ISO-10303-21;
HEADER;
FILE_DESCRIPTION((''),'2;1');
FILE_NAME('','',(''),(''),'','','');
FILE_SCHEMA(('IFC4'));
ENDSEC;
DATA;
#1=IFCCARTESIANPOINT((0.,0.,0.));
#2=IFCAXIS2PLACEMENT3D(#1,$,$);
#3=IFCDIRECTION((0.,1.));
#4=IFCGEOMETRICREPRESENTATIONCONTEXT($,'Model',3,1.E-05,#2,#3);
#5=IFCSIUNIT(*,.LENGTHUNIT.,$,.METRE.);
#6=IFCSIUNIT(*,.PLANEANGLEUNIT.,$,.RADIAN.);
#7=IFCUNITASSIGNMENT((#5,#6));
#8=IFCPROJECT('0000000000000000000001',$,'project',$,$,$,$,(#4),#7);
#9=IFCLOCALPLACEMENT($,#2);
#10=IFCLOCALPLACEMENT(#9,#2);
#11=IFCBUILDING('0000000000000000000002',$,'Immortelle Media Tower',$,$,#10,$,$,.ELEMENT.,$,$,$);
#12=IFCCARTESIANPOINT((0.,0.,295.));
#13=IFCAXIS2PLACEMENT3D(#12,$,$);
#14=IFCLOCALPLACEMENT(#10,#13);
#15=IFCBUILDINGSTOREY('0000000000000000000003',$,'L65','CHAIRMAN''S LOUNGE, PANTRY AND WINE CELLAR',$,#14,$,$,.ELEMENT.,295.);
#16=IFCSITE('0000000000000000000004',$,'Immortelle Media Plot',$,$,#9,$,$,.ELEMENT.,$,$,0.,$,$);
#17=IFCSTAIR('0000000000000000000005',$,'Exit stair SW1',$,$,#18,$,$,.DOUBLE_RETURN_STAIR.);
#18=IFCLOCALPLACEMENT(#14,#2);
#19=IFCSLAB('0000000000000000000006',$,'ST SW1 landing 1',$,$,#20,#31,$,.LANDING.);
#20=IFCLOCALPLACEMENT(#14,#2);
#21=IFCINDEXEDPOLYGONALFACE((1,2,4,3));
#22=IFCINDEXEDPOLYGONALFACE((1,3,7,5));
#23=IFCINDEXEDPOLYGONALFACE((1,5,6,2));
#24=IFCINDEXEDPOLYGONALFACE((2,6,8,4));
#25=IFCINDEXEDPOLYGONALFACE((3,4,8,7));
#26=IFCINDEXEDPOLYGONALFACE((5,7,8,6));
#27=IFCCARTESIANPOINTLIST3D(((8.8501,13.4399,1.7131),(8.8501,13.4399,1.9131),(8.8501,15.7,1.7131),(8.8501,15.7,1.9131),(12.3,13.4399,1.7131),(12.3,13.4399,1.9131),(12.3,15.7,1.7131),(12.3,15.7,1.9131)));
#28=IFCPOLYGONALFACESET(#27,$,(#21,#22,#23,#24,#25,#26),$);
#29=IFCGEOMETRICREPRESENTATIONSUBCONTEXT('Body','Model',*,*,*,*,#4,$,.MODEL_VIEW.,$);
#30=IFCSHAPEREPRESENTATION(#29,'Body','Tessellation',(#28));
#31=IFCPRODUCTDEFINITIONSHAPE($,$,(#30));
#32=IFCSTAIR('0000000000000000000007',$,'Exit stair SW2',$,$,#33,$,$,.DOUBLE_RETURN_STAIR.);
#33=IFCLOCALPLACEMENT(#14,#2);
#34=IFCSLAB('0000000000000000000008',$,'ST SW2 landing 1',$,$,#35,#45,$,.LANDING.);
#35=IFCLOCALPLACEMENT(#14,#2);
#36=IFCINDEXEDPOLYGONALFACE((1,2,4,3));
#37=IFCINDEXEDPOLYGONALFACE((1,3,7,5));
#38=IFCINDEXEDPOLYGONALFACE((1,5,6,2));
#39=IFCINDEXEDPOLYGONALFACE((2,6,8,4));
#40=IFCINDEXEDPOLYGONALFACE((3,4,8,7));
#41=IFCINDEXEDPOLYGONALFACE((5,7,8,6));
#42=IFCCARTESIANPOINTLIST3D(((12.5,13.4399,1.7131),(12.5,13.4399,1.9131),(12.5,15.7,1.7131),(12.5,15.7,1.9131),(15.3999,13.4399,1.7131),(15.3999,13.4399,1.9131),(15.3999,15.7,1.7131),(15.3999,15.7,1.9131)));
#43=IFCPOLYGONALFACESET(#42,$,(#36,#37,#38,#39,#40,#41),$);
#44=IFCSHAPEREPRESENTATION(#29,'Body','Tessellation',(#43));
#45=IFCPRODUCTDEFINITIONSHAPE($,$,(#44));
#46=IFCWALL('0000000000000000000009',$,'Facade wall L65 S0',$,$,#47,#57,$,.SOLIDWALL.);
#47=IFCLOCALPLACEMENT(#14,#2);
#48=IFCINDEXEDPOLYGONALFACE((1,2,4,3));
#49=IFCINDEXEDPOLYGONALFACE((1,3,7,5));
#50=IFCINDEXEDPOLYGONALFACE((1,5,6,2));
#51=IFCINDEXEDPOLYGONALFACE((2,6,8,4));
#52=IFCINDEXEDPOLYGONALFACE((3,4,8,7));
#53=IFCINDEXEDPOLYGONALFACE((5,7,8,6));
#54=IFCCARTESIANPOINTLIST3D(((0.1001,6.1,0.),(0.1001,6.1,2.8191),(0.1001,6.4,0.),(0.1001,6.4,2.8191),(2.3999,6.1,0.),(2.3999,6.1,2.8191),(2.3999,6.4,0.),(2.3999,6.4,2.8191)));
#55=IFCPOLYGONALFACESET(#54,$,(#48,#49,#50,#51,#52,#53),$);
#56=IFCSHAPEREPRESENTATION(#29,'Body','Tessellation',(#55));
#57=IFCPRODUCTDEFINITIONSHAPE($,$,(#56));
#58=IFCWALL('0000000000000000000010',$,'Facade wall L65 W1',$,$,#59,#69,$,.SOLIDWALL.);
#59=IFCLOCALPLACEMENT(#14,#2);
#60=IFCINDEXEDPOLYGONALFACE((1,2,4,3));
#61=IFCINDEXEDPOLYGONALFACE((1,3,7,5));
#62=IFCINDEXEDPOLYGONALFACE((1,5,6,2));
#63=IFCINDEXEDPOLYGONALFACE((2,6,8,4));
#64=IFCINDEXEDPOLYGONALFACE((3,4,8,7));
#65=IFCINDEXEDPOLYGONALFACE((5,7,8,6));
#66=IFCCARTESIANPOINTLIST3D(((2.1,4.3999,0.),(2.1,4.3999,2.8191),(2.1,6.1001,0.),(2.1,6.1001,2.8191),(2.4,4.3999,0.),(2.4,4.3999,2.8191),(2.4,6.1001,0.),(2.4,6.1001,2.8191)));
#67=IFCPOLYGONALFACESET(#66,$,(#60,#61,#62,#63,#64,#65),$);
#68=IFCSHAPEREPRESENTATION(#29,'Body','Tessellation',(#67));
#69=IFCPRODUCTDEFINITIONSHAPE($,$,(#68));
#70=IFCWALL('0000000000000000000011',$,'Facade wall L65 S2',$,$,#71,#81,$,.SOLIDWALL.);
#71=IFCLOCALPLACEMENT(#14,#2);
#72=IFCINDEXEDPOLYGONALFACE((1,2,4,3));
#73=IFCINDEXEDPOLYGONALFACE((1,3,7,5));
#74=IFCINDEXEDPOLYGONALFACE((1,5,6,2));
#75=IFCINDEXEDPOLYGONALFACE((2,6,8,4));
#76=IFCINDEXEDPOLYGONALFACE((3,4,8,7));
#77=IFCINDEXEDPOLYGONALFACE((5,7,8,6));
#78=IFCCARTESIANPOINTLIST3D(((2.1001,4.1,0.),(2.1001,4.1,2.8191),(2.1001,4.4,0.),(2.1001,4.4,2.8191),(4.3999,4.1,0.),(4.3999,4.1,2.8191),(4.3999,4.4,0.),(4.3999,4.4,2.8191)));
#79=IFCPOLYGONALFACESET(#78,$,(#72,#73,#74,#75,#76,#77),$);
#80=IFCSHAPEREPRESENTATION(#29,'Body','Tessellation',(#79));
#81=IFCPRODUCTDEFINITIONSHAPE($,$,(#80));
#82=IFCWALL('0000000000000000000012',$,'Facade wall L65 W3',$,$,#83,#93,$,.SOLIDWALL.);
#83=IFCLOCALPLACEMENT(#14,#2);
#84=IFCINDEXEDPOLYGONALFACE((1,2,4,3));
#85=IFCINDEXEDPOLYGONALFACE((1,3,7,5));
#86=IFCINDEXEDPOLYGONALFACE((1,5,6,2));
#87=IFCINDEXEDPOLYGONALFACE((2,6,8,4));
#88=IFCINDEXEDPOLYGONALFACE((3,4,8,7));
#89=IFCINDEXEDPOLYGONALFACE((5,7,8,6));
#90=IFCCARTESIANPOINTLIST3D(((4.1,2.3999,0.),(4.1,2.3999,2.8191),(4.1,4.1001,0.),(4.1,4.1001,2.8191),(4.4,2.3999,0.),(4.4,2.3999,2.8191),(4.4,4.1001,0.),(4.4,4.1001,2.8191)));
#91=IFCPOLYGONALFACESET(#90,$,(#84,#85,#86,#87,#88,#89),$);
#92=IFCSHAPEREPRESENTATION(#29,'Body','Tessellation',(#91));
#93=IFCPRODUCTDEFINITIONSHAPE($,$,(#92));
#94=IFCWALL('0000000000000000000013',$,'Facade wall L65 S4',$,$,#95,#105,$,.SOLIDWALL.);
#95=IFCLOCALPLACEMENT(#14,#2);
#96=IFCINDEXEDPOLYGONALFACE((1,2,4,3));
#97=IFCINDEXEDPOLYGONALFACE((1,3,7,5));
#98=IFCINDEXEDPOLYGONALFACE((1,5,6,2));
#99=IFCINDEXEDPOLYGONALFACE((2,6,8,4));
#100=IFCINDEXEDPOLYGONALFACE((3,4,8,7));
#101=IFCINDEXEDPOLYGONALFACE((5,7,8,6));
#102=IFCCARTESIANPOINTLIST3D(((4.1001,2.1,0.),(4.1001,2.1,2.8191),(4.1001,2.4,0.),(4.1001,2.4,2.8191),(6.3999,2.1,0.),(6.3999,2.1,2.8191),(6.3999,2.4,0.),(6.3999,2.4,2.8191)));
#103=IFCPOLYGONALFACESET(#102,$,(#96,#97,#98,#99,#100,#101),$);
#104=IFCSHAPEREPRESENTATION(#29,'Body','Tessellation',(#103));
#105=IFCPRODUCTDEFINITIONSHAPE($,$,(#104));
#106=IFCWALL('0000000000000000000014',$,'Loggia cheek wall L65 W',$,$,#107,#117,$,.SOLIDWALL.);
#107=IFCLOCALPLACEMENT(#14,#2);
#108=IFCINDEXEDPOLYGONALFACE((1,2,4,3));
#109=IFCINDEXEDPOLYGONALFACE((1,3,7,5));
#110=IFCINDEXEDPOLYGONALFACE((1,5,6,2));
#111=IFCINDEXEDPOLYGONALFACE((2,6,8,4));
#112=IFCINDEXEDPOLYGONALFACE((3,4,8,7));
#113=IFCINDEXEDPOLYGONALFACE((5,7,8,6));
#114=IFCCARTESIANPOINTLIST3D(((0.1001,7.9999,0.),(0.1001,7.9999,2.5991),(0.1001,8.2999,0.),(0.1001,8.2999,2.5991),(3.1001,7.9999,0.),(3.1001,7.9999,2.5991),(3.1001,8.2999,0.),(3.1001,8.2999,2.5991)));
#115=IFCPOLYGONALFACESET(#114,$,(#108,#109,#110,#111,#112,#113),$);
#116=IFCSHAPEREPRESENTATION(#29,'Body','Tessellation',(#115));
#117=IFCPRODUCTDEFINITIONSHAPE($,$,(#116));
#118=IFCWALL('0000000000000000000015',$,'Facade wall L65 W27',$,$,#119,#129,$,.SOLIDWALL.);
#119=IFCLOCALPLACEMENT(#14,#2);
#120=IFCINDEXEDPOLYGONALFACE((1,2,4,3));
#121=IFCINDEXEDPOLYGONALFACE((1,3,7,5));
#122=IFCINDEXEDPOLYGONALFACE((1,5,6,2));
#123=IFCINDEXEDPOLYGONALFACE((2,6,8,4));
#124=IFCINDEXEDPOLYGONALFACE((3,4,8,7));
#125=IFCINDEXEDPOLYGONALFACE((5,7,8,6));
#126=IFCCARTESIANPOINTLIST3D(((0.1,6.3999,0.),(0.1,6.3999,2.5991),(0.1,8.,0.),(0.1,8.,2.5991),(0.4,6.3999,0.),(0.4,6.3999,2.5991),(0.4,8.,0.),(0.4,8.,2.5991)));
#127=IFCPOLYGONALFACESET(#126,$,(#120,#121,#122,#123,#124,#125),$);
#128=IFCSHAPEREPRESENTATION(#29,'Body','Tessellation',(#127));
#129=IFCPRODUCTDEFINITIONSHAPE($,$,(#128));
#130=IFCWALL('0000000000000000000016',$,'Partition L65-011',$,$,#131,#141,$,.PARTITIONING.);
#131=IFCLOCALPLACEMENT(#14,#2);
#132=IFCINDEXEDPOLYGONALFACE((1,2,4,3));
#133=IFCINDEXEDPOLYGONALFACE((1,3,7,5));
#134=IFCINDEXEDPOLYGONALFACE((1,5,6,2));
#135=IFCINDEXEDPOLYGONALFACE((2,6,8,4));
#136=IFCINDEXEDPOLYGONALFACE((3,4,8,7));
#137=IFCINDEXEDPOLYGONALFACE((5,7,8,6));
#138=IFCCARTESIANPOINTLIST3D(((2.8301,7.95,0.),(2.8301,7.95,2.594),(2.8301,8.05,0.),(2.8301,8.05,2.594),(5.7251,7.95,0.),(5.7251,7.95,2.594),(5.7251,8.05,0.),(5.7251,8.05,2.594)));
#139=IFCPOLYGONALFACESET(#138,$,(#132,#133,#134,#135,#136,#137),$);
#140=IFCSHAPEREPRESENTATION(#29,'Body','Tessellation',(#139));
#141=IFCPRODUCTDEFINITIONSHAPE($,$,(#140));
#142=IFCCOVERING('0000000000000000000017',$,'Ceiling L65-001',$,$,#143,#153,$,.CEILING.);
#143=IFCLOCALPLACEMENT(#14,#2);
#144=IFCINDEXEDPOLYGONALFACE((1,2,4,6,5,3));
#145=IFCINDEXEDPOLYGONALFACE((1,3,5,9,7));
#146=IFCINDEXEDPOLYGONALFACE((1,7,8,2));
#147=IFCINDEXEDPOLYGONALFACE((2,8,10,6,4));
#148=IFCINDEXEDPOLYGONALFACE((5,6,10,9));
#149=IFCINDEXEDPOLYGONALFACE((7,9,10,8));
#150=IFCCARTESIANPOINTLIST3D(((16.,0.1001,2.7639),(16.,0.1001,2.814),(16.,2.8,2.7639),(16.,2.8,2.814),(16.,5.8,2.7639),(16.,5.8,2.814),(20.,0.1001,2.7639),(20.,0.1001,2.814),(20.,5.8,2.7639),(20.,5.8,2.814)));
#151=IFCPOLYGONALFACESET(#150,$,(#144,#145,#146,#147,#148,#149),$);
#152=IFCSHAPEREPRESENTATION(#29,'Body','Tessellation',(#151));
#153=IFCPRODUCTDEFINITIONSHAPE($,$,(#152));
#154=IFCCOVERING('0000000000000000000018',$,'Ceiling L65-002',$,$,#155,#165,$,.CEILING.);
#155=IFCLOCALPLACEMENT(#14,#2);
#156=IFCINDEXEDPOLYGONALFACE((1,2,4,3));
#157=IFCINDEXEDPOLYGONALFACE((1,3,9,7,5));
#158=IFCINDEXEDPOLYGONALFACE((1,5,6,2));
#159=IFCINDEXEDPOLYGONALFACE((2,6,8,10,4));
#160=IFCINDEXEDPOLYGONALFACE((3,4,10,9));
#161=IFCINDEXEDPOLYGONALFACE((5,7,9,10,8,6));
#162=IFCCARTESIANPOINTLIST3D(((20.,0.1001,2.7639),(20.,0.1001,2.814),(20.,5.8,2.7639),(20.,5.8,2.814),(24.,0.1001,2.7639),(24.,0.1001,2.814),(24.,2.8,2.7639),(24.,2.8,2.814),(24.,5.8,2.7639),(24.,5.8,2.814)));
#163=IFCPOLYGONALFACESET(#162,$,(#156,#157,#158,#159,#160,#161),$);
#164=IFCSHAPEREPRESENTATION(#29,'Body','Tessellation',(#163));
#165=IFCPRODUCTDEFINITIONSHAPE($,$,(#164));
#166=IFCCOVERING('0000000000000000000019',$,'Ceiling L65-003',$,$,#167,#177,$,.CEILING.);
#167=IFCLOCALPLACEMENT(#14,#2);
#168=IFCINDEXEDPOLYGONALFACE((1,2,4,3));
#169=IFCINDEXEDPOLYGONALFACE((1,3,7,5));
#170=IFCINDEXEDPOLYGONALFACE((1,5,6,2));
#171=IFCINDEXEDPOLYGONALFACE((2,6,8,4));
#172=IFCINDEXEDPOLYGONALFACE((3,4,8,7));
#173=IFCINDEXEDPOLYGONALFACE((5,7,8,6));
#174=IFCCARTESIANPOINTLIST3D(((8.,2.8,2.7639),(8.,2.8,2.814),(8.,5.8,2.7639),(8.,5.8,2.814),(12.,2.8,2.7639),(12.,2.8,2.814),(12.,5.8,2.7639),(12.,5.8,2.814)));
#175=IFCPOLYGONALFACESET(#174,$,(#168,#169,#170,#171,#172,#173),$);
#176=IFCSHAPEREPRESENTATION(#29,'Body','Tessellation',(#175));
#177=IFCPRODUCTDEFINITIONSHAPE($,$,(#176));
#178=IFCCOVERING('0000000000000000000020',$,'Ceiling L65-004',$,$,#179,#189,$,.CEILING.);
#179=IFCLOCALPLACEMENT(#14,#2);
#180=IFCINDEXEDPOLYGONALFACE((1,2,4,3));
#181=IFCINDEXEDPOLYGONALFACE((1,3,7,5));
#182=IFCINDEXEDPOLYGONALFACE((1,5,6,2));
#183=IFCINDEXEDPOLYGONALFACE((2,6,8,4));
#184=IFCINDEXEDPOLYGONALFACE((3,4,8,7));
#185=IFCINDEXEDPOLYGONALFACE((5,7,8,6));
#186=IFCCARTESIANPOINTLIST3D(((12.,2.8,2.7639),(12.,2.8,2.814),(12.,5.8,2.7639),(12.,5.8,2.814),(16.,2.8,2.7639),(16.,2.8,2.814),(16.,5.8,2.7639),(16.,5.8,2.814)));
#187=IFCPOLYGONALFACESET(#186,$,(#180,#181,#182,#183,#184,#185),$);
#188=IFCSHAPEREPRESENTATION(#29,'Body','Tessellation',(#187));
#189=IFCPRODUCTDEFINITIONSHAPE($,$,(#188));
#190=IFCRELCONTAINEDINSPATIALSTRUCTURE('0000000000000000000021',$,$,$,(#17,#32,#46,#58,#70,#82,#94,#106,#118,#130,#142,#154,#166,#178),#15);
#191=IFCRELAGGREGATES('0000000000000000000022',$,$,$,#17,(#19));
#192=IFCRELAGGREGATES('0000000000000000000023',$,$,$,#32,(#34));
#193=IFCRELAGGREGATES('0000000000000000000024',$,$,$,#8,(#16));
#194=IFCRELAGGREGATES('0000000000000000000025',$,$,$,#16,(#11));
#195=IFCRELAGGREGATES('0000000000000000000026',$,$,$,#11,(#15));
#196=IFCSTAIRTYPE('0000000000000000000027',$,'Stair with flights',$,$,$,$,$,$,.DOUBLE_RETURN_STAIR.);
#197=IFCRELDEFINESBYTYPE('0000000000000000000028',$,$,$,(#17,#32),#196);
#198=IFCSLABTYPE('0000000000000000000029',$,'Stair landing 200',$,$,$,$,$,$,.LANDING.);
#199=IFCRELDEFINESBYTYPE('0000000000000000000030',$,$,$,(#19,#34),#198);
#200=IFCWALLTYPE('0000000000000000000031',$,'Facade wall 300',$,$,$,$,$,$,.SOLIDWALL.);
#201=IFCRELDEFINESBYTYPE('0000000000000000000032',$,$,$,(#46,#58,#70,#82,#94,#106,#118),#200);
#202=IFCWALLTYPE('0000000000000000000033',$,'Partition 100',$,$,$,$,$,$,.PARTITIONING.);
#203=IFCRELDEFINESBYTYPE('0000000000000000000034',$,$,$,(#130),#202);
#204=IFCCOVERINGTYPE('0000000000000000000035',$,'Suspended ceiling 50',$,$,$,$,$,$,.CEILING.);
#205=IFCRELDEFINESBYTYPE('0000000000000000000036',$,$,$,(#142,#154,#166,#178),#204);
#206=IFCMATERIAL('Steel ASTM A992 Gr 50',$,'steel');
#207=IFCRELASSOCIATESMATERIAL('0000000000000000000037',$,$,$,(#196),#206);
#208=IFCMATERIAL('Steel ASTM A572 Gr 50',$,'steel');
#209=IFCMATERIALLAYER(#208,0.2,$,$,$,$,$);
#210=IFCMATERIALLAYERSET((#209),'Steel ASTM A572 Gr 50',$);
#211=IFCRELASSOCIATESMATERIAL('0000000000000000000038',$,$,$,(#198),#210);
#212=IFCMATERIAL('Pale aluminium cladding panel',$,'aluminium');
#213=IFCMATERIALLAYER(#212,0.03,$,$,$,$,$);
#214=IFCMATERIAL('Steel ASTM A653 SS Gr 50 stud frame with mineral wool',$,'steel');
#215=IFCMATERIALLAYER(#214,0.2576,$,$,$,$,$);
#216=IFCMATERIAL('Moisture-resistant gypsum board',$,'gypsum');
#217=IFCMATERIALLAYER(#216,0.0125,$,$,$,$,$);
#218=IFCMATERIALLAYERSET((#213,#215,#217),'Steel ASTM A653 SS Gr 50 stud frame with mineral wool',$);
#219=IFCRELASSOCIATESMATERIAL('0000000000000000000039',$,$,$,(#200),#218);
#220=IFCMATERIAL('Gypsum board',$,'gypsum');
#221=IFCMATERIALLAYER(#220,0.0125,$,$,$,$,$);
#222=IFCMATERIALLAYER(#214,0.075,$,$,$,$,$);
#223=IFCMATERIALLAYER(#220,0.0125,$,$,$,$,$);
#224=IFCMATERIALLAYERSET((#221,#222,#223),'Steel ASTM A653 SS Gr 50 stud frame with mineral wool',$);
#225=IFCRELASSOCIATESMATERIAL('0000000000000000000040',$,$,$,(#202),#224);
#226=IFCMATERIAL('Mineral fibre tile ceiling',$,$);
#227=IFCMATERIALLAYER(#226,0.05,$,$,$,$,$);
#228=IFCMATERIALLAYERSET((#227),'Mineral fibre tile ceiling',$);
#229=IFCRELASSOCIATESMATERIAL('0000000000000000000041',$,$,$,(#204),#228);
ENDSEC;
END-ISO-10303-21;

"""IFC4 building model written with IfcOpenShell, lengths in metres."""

from ifc_helpers import new_model, si_unit, direction, frame, frame_2d, origin, place, context, subcontext, project, spatial, polyline, rectangle, outline, extrude, material, layer, layer_set, type_object, element, aggregate, save


model = new_model("IFC4")

# Units and contexts
model_context = context("Model", 3, precision=1e-05, world=origin(), true_north=direction((0.0, 1.0)))
body_context = subcontext(model_context, "Body", "Model", "MODEL_VIEW")
ifc_project = project(units=[si_unit("LENGTHUNIT", "METRE"), si_unit("PLANEANGLEUNIT", "RADIAN")], contexts=[model_context])

# Site, building, storey
site_placement = place(None, origin())
site = spatial("IfcSite", under=ifc_project, at=site_placement, Name="Immortelle Media Plot", CompositionType="ELEMENT", RefElevation=0.0)
building_placement = place(site_placement, origin())
building = spatial("IfcBuilding", under=site, at=building_placement, Name="Immortelle Media Tower", CompositionType="ELEMENT")
storey_placement = place(building_placement, frame((0.0, 0.0, 295.0)))
storey = spatial("IfcBuildingStorey", under=building, at=storey_placement, Name="L65", Description="CHAIRMAN'S LOUNGE, PANTRY AND WINE CELLAR", CompositionType="ELEMENT", Elevation=295.0)

# Shared definitions
ifc_material_1 = material(Name="Steel ASTM A992 Gr 50", Category="steel")

# Stairs, slabs
stair_type = type_object("IfcStairType", Name="Stair with flights", PredefinedType="DOUBLE_RETURN_STAIR", material=ifc_material_1)
stair_1_placement = place(storey_placement, origin())
stair_1 = element("IfcStair", 1, at=stair_1_placement, inside=storey, type_object=stair_type, Name="Exit stair SW1", PredefinedType="DOUBLE_RETURN_STAIR")
ifc_material_2 = material(Name="Steel ASTM A572 Gr 50", Category="steel")
ifc_layer_1 = layer(ifc_material_2, 0.2)
ifc_layer_set_1 = layer_set([ifc_layer_1], Name="Steel ASTM A572 Gr 50")
slab_type_1 = type_object("IfcSlabType", Name="Stair landing 200", PredefinedType="LANDING", material=ifc_layer_set_1)
slab_1_placement = place(storey_placement, frame((0.0, 0.0, 1.7131)))
slab_1 = element("IfcSlab", 2, at=slab_1_placement, type_object=slab_type_1, Name="ST SW1 landing 1", PredefinedType="LANDING", context=body_context, shape_type="SweptSolid", body=[
    extrude(outline(polyline([(8.8501, 13.4399), (12.3, 13.4399), (12.3, 15.7), (8.8501, 15.7), (8.8501, 13.4399)])), origin(), (0.0, 0.0, 1.0), 0.2),
])
aggregate(stair_1, [slab_1])
stair_2_placement = place(storey_placement, origin())
stair_2 = element("IfcStair", 3, at=stair_2_placement, inside=storey, type_object=stair_type, Name="Exit stair SW2", PredefinedType="DOUBLE_RETURN_STAIR")
slab_2_placement = place(storey_placement, frame((0.0, 0.0, 1.7131)))
slab_2 = element("IfcSlab", 4, at=slab_2_placement, type_object=slab_type_1, Name="ST SW2 landing 1", PredefinedType="LANDING", context=body_context, shape_type="SweptSolid", body=[
    extrude(outline(polyline([(12.5, 13.4399), (15.3999, 13.4399), (15.3999, 15.7), (12.5, 15.7), (12.5, 13.4399)])), origin(), (0.0, 0.0, 1.0), 0.2),
])
aggregate(stair_2, [slab_2])

# Walls
ifc_material_3 = material(Name="Pale aluminium cladding panel", Category="aluminium")
ifc_layer_2 = layer(ifc_material_3, 0.03)
ifc_material_4 = material(Name="Steel ASTM A653 SS Gr 50 stud frame with mineral wool", Category="steel")
ifc_layer_3 = layer(ifc_material_4, 0.2576)
ifc_material_5 = material(Name="Moisture-resistant gypsum board", Category="gypsum")
ifc_layer_4 = layer(ifc_material_5, 0.0125)
ifc_layer_set_2 = layer_set([ifc_layer_2, ifc_layer_3, ifc_layer_4], Name="Steel ASTM A653 SS Gr 50 stud frame with mineral wool")
wall_type_1 = type_object("IfcWallType", Name="Facade wall 300", PredefinedType="SOLIDWALL", material=ifc_layer_set_2)
wall_1_placement = place(storey_placement, frame((0.1001, 6.25, 0.0), z_axis=(0.0, 0.0, 1.0), x_axis=(1.0, 0.0, 0.0)))
element("IfcWall", 5, at=wall_1_placement, inside=storey, type_object=wall_type_1, Name="Facade wall L65 S0", PredefinedType="SOLIDWALL", context=body_context, shape_type="SweptSolid", body=[
    extrude(rectangle(XDim=2.2998, YDim=0.3, at=frame_2d((1.1499, 0.0))), origin(), (0.0, 0.0, 1.0), 2.8191),
])
wall_2_placement = place(storey_placement, frame((2.25, 6.1001, 0.0), z_axis=(0.0, 0.0, 1.0), x_axis=(0.0, -1.0, 0.0)))
element("IfcWall", 6, at=wall_2_placement, inside=storey, type_object=wall_type_1, Name="Facade wall L65 W1", PredefinedType="SOLIDWALL", context=body_context, shape_type="SweptSolid", body=[
    extrude(rectangle(XDim=1.7002, YDim=0.3, at=frame_2d((0.8501, 0.0))), origin(), (0.0, 0.0, 1.0), 2.8191),
])
wall_3_placement = place(storey_placement, frame((2.1001, 4.25, 0.0), z_axis=(0.0, 0.0, 1.0), x_axis=(1.0, 0.0, 0.0)))
element("IfcWall", 7, at=wall_3_placement, inside=storey, type_object=wall_type_1, Name="Facade wall L65 S2", PredefinedType="SOLIDWALL", context=body_context, shape_type="SweptSolid", body=[
    extrude(rectangle(XDim=2.2998, YDim=0.3, at=frame_2d((1.1499, 0.0))), origin(), (0.0, 0.0, 1.0), 2.8191),
])
wall_4_placement = place(storey_placement, frame((4.25, 4.1001, 0.0), z_axis=(0.0, 0.0, 1.0), x_axis=(0.0, -1.0, 0.0)))
element("IfcWall", 8, at=wall_4_placement, inside=storey, type_object=wall_type_1, Name="Facade wall L65 W3", PredefinedType="SOLIDWALL", context=body_context, shape_type="SweptSolid", body=[
    extrude(rectangle(XDim=1.7002, YDim=0.3, at=frame_2d((0.8501, 0.0))), origin(), (0.0, 0.0, 1.0), 2.8191),
])
wall_5_placement = place(storey_placement, frame((4.1001, 2.25, 0.0), z_axis=(0.0, 0.0, 1.0), x_axis=(1.0, 0.0, 0.0)))
element("IfcWall", 9, at=wall_5_placement, inside=storey, type_object=wall_type_1, Name="Facade wall L65 S4", PredefinedType="SOLIDWALL", context=body_context, shape_type="SweptSolid", body=[
    extrude(rectangle(XDim=2.2998, YDim=0.3, at=frame_2d((1.1499, 0.0))), origin(), (0.0, 0.0, 1.0), 2.8191),
])
wall_6_placement = place(storey_placement, frame((0.1001, 8.1499, 0.0), z_axis=(0.0, 0.0, 1.0), x_axis=(1.0, 0.0, 0.0)))
element("IfcWall", 10, at=wall_6_placement, inside=storey, type_object=wall_type_1, Name="Loggia cheek wall L65 W", PredefinedType="SOLIDWALL", context=body_context, shape_type="SweptSolid", body=[
    extrude(rectangle(XDim=3.0, YDim=0.3, at=frame_2d((1.5, 0.0))), origin(), (0.0, 0.0, 1.0), 2.5991),
])
wall_7_placement = place(storey_placement, frame((0.25, 8.0, 0.0), z_axis=(0.0, 0.0, 1.0), x_axis=(0.0, -1.0, 0.0)))
element("IfcWall", 11, at=wall_7_placement, inside=storey, type_object=wall_type_1, Name="Facade wall L65 W27", PredefinedType="SOLIDWALL", context=body_context, shape_type="SweptSolid", body=[
    extrude(rectangle(XDim=1.6001, YDim=0.3, at=frame_2d((0.8, 0.0))), origin(), (0.0, 0.0, 1.0), 2.5991),
])
ifc_material_6 = material(Name="Gypsum board", Category="gypsum")
ifc_layer_5 = layer(ifc_material_6, 0.0125)
ifc_layer_6 = layer(ifc_material_4, 0.075)
ifc_layer_7 = layer(ifc_material_6, 0.0125)
ifc_layer_set_3 = layer_set([ifc_layer_5, ifc_layer_6, ifc_layer_7], Name="Steel ASTM A653 SS Gr 50 stud frame with mineral wool")
wall_type_2 = type_object("IfcWallType", Name="Partition 100", PredefinedType="PARTITIONING", material=ifc_layer_set_3)
wall_8_placement = place(storey_placement, frame((2.8301, 8.0, 0.0), z_axis=(0.0, 0.0, 1.0), x_axis=(1.0, 0.0, 0.0)))
element("IfcWall", 12, at=wall_8_placement, inside=storey, type_object=wall_type_2, Name="Partition L65-011", PredefinedType="PARTITIONING", context=body_context, shape_type="SweptSolid", body=[
    extrude(rectangle(XDim=2.895, YDim=0.1001, at=frame_2d((1.4475, 0.0))), origin(), (0.0, 0.0, 1.0), 2.594),
])

# Coverings
ifc_material_7 = material(Name="Mineral fibre tile ceiling")
ifc_layer_8 = layer(ifc_material_7, 0.05)
ifc_layer_set_4 = layer_set([ifc_layer_8], Name="Mineral fibre tile ceiling")
covering_type = type_object("IfcCoveringType", Name="Suspended ceiling 50", PredefinedType="CEILING", material=ifc_layer_set_4)
covering_1_placement = place(storey_placement, frame((0.0, 0.0, 2.7639)))
element("IfcCovering", 13, at=covering_1_placement, inside=storey, type_object=covering_type, Name="Ceiling L65-001", PredefinedType="CEILING", context=body_context, shape_type="SweptSolid", body=[
    extrude(outline(polyline([(16.0, 2.8), (16.0, 5.8), (20.0, 5.8), (20.0, 0.1001), (16.0, 0.1001), (16.0, 2.8)])), origin(), (0.0, 0.0, 1.0), 0.05),
])
covering_2_placement = place(storey_placement, frame((0.0, 0.0, 2.7639)))
element("IfcCovering", 14, at=covering_2_placement, inside=storey, type_object=covering_type, Name="Ceiling L65-002", PredefinedType="CEILING", context=body_context, shape_type="SweptSolid", body=[
    extrude(outline(polyline([(24.0, 5.8), (24.0, 2.8), (24.0, 0.1001), (20.0, 0.1001), (20.0, 5.8), (24.0, 5.8)])), origin(), (0.0, 0.0, 1.0), 0.05),
])
covering_3_placement = place(storey_placement, frame((0.0, 0.0, 2.7639)))
element("IfcCovering", 15, at=covering_3_placement, inside=storey, type_object=covering_type, Name="Ceiling L65-003", PredefinedType="CEILING", context=body_context, shape_type="SweptSolid", body=[
    extrude(outline(polyline([(8.0, 5.8), (12.0, 5.8), (12.0, 2.8), (8.0, 2.8), (8.0, 5.8)])), origin(), (0.0, 0.0, 1.0), 0.05),
])
covering_4_placement = place(storey_placement, frame((0.0, 0.0, 2.7639)))
element("IfcCovering", 16, at=covering_4_placement, inside=storey, type_object=covering_type, Name="Ceiling L65-004", PredefinedType="CEILING", context=body_context, shape_type="SweptSolid", body=[
    extrude(outline(polyline([(16.0, 5.8), (16.0, 2.8), (12.0, 2.8), (12.0, 5.8), (16.0, 5.8)])), origin(), (0.0, 0.0, 1.0), 0.05),
])

save(model, "model.ifc")
